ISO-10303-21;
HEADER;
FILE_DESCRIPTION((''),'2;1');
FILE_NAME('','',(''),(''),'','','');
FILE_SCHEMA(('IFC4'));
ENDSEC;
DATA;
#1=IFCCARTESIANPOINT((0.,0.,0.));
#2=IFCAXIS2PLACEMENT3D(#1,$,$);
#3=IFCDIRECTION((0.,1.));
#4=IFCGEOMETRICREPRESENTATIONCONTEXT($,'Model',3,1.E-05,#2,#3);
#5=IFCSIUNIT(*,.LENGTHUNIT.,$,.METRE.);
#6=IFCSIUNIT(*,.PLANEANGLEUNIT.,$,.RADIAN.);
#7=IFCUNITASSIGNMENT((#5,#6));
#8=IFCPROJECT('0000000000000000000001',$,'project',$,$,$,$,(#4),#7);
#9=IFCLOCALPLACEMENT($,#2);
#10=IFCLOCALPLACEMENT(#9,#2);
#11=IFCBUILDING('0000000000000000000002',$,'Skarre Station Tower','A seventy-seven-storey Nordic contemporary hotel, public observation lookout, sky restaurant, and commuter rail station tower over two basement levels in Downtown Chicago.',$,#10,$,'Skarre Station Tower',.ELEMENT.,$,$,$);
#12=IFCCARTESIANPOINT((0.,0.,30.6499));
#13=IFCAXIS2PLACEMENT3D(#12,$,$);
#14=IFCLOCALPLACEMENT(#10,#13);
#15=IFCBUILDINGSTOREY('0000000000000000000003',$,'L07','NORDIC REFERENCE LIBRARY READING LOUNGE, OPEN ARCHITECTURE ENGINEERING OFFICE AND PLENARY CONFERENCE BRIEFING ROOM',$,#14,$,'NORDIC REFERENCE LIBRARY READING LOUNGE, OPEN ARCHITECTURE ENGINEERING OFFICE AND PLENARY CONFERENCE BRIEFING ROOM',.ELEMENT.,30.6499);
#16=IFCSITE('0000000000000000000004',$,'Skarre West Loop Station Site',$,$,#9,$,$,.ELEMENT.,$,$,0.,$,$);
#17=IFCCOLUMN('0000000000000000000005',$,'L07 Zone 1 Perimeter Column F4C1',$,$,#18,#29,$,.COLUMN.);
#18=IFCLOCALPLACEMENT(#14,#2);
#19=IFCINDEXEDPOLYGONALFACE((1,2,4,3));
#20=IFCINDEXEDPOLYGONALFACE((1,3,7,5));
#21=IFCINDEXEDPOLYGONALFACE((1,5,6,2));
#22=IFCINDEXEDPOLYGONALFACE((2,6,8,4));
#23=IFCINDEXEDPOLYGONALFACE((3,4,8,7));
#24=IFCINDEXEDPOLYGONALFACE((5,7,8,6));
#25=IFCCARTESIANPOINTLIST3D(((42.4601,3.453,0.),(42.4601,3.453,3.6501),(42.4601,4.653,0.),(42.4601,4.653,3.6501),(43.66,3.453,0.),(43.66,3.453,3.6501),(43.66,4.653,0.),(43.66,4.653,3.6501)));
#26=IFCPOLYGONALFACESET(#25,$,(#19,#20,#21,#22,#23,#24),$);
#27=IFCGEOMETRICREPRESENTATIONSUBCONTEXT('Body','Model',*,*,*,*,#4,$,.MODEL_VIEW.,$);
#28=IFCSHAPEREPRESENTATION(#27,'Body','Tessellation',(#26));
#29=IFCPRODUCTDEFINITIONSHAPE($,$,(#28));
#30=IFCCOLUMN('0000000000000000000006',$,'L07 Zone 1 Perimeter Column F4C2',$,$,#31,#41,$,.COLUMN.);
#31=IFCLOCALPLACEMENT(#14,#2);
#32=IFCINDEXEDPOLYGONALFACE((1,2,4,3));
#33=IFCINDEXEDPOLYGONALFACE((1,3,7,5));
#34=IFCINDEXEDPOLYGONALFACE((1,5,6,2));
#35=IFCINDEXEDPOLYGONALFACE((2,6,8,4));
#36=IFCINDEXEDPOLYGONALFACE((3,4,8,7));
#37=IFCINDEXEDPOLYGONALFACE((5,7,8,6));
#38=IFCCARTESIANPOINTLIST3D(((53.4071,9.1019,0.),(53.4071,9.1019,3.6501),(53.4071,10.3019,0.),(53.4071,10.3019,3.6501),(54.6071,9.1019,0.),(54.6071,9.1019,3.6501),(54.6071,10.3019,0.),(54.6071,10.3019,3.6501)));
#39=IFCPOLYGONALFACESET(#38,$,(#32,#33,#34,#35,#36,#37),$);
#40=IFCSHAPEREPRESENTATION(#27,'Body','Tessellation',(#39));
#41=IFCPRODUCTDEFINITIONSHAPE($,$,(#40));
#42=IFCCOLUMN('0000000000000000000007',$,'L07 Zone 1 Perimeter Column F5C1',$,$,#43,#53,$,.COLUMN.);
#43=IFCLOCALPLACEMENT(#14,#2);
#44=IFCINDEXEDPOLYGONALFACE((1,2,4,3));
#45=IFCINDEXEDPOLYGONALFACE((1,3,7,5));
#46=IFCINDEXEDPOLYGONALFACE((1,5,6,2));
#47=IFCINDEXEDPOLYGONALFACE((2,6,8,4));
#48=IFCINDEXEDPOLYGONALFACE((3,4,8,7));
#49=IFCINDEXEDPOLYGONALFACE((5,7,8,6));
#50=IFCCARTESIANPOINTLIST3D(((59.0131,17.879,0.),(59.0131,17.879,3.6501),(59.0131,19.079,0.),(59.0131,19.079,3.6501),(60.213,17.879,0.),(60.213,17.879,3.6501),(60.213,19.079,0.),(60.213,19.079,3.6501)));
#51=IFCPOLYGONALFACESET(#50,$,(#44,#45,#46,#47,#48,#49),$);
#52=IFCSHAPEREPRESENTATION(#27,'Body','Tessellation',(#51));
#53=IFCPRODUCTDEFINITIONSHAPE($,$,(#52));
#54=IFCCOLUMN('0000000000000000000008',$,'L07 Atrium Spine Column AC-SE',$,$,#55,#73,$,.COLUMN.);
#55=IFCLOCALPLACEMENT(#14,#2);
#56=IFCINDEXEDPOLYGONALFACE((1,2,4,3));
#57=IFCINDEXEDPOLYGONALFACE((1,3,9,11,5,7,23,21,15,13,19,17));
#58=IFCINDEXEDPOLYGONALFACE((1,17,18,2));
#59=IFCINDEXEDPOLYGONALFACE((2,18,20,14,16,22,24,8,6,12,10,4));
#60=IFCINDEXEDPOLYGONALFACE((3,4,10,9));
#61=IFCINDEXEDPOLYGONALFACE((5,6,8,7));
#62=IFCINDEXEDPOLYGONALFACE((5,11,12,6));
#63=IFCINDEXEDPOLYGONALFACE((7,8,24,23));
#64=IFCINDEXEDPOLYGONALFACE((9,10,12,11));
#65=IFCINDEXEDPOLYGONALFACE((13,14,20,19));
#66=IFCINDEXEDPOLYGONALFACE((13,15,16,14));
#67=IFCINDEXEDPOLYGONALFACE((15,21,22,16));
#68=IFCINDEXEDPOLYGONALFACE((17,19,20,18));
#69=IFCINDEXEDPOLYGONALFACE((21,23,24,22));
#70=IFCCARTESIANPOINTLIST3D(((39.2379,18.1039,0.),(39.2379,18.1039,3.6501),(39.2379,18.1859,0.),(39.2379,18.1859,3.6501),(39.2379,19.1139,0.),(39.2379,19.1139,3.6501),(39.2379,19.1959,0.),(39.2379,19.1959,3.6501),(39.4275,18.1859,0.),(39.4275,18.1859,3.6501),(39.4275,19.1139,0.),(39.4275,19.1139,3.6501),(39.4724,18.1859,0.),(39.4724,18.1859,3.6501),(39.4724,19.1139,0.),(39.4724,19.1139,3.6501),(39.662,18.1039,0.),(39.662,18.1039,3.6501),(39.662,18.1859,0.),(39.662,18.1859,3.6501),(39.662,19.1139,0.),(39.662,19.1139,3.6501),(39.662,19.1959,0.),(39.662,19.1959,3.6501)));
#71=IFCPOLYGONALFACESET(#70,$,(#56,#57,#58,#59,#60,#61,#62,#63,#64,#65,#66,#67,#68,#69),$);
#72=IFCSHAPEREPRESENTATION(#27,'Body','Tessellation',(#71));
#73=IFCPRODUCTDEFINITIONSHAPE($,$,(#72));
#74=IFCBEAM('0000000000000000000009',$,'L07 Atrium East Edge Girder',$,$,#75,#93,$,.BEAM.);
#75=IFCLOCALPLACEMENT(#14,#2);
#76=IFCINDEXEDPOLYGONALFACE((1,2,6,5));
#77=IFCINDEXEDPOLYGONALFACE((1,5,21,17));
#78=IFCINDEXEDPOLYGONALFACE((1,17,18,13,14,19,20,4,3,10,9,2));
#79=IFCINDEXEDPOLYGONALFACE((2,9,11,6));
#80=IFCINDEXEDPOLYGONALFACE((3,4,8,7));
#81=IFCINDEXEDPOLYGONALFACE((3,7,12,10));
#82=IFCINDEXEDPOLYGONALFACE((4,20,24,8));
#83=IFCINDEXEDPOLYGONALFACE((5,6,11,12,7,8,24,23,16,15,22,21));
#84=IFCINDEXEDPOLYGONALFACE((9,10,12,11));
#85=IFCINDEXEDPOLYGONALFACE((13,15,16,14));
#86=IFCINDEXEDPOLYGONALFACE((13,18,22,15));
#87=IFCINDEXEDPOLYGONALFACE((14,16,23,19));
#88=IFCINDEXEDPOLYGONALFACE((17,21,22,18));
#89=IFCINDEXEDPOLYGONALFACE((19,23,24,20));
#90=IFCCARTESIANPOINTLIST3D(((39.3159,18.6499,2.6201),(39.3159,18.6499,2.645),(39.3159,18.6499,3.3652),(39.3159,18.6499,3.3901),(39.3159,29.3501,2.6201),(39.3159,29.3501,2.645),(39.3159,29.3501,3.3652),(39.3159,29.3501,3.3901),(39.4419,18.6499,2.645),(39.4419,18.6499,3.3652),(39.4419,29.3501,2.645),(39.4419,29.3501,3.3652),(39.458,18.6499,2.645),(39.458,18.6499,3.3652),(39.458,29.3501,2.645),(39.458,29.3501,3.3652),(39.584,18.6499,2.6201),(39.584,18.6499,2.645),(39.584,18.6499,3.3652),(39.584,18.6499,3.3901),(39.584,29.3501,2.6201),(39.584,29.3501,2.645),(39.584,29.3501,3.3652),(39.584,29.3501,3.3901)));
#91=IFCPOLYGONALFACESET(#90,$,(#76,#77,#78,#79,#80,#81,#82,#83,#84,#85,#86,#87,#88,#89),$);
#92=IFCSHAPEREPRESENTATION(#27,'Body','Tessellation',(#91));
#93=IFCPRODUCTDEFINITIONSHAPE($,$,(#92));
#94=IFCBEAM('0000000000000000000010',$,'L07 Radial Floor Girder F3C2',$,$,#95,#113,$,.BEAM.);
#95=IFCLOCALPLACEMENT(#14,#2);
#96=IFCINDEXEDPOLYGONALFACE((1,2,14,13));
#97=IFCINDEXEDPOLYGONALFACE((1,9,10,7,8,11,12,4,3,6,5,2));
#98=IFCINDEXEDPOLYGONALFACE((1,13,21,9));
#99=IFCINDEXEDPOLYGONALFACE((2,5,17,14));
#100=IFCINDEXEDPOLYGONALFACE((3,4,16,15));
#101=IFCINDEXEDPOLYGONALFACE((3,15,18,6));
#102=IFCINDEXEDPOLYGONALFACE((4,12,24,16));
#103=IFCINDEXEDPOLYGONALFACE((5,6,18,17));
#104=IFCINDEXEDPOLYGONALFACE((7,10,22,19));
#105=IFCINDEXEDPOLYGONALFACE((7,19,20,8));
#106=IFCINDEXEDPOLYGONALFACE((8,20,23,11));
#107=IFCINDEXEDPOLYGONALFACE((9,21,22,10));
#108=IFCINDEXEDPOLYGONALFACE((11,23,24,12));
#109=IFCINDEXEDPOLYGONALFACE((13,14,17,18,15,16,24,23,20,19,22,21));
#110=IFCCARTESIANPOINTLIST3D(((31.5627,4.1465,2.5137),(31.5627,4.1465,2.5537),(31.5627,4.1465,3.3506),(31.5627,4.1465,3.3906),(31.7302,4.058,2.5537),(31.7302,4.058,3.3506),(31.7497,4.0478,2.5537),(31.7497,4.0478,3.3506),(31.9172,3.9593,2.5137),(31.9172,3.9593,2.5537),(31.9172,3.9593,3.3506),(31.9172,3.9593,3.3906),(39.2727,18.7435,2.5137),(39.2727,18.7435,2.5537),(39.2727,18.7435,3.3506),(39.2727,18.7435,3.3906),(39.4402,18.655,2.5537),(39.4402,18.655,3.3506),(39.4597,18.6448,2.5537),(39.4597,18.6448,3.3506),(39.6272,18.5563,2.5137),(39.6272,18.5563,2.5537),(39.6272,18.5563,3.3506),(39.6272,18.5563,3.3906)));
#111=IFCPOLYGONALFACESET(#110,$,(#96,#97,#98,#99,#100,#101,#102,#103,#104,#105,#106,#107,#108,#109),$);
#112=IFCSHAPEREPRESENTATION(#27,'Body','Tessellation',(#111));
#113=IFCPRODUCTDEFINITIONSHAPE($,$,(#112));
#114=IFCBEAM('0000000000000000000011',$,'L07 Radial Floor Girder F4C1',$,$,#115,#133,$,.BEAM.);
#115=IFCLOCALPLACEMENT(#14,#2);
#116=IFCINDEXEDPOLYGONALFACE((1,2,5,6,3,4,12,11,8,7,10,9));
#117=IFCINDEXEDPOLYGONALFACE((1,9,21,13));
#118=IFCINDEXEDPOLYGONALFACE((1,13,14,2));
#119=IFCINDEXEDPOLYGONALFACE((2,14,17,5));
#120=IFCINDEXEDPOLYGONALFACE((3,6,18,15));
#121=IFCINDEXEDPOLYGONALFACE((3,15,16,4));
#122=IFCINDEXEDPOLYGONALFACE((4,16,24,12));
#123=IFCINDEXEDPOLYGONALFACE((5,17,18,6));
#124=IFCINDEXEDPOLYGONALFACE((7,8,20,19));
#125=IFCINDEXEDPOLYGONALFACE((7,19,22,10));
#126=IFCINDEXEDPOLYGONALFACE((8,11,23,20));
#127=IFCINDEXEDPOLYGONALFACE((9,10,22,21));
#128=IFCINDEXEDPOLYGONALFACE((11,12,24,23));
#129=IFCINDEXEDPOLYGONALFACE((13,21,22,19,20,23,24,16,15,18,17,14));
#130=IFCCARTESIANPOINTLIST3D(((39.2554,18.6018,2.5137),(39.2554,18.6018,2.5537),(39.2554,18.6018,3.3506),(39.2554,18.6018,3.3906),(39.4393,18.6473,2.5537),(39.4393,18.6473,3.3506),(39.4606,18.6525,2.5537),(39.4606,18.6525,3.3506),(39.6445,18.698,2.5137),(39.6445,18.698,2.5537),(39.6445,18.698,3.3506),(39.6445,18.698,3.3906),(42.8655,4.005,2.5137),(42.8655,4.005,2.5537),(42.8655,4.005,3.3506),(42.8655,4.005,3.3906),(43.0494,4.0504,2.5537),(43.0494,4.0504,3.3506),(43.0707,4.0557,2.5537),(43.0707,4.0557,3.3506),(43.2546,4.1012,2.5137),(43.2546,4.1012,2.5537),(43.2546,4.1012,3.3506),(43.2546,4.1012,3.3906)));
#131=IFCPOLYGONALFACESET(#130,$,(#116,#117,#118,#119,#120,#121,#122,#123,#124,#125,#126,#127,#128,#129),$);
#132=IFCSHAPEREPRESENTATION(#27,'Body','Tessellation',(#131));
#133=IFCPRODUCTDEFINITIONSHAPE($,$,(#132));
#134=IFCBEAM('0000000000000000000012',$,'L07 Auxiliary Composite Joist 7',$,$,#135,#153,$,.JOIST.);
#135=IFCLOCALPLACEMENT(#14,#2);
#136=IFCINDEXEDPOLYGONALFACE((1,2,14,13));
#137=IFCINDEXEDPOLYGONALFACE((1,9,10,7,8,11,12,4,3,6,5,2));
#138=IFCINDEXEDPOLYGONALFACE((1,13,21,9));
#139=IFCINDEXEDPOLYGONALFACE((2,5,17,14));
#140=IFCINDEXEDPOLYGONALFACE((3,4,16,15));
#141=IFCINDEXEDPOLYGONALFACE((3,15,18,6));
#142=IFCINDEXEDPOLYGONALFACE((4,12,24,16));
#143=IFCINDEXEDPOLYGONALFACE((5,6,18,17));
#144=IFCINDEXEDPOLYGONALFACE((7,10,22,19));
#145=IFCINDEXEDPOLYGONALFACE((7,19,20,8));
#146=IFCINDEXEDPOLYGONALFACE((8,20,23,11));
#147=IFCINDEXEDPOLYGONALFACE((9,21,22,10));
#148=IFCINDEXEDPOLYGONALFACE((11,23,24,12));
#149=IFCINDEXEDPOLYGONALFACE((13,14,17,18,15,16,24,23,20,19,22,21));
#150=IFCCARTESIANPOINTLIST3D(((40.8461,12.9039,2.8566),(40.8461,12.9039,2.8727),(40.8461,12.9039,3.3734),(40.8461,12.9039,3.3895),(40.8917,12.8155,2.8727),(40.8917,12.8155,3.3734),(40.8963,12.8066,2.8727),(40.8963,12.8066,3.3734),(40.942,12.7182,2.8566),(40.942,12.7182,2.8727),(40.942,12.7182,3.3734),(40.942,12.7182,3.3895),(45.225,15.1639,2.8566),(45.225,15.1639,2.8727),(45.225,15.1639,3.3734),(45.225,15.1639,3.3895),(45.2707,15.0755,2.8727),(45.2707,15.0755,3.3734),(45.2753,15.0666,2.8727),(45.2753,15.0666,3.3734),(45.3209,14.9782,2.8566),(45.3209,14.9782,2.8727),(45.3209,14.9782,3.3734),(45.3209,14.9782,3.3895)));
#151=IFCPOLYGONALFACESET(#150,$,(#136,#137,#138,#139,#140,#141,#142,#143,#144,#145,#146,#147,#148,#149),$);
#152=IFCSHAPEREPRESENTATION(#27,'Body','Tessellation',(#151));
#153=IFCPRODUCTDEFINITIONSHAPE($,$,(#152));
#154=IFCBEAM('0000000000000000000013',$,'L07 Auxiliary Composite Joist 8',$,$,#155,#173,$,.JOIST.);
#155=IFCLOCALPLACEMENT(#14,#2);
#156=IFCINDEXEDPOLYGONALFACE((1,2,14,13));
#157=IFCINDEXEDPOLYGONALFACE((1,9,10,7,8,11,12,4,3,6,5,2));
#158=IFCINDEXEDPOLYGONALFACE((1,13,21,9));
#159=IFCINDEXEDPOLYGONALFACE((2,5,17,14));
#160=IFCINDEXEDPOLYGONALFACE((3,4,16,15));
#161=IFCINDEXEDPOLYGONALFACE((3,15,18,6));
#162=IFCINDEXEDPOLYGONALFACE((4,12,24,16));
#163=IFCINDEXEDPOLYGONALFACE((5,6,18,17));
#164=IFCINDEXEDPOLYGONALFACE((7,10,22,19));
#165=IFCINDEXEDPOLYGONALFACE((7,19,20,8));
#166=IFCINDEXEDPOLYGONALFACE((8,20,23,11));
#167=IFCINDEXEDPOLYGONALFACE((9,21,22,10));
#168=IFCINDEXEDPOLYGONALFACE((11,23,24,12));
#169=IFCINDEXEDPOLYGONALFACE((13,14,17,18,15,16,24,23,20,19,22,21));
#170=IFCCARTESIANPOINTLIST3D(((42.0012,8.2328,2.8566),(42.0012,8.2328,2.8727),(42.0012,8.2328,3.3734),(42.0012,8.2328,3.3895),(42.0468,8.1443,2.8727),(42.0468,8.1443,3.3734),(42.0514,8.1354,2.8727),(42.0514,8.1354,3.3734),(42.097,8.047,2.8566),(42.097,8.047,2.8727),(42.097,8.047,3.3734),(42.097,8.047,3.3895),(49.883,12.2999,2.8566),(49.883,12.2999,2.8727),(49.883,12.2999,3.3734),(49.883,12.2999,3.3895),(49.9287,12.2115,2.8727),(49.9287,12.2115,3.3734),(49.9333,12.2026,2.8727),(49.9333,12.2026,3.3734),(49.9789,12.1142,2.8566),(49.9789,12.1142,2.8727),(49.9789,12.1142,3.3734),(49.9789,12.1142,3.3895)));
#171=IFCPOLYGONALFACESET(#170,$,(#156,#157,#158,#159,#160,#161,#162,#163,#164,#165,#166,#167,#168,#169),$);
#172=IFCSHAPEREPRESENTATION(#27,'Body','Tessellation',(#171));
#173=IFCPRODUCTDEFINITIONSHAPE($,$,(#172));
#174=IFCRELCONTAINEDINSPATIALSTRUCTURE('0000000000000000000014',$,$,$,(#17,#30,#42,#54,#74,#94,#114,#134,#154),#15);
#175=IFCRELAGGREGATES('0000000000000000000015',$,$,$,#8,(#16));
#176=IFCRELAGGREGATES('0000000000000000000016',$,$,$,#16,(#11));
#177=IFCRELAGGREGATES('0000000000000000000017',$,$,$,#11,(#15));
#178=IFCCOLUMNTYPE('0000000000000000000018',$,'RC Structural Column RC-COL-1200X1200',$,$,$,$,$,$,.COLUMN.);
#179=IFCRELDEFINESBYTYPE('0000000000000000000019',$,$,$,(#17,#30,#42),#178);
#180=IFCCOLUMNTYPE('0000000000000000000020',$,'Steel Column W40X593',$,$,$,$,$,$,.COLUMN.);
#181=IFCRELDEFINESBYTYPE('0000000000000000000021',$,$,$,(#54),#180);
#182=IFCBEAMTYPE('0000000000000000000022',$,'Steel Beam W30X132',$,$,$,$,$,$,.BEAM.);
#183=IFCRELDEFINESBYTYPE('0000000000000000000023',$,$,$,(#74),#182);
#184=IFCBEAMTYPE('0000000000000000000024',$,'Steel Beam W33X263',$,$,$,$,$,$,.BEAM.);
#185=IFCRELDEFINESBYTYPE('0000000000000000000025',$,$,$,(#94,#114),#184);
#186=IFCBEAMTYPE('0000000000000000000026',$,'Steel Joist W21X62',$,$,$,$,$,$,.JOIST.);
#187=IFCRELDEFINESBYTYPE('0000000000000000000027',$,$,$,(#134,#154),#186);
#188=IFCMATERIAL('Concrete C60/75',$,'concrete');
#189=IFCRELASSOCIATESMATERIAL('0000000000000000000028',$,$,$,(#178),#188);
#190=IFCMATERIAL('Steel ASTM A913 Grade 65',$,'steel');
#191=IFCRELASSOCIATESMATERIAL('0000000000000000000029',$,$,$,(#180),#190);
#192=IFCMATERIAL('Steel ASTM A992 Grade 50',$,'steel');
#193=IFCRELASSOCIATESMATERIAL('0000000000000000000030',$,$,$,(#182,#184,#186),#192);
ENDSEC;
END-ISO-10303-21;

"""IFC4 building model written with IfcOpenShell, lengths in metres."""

from ifc_helpers import new_model, si_unit, direction, frame, origin, origin_2d, place, context, subcontext, project, spatial, rectangle, i_section, extrude, material, material_profile, profile_set, type_object, element, save


model = new_model("IFC4")

# Units and contexts
model_context = context("Model", 3, precision=1e-05, world=origin(), true_north=direction((0.0, 1.0)))
body_context = subcontext(model_context, "Body", "Model", "MODEL_VIEW")
ifc_project = project(units=[si_unit("LENGTHUNIT", "METRE"), si_unit("PLANEANGLEUNIT", "RADIAN")], contexts=[model_context])

# Site, building, storey
site_placement = place(None, origin())
site = spatial("IfcSite", under=ifc_project, at=site_placement, Name="Skarre West Loop Station Site", CompositionType="ELEMENT", RefElevation=0.0)
building_placement = place(site_placement, origin())
building = spatial("IfcBuilding", under=site, at=building_placement, Name="Skarre Station Tower", Description="A seventy-seven-storey Nordic contemporary hotel, public observation lookout, sky restaurant, and commuter rail station tower over two basement levels in Downtown Chicago.", LongName="Skarre Station Tower", CompositionType="ELEMENT")
storey_placement = place(building_placement, frame((0.0, 0.0, 30.6499)))
storey = spatial("IfcBuildingStorey", under=building, at=storey_placement, Name="L07", Description="NORDIC REFERENCE LIBRARY READING LOUNGE, OPEN ARCHITECTURE ENGINEERING OFFICE AND PLENARY CONFERENCE BRIEFING ROOM", LongName="NORDIC REFERENCE LIBRARY READING LOUNGE, OPEN ARCHITECTURE ENGINEERING OFFICE AND PLENARY CONFERENCE BRIEFING ROOM", CompositionType="ELEMENT", Elevation=30.6499)

# Columns
ifc_material_1 = material(Name="Concrete C60/75", Category="concrete")
ifc_material_profile_1 = material_profile(ifc_material_1, rectangle(XDim=1.2, YDim=1.2, at=origin_2d()), Name="Concrete C60/75")
ifc_profile_set_1 = profile_set([ifc_material_profile_1], Name="Concrete C60/75")
column_type_1 = type_object("IfcColumnType", Name="RC Structural Column RC-COL-1200X1200", PredefinedType="COLUMN", material=ifc_profile_set_1)
for number, where, z_axis, x_axis, name in (
    (1, (43.0601, 4.053, 0.0), (0.0, 0.0, 1.0), (1.0, 0.0, 0.0), "L07 Zone 1 Perimeter Column F4C1"),
    (2, (54.0071, 9.7019, 0.0), (0.0, 0.0, 1.0), (1.0, 0.0, 0.0), "L07 Zone 1 Perimeter Column F4C2"),
    (3, (59.613, 18.479, 0.0), (0.0, 0.0, 1.0), (1.0, 0.0, 0.0), "L07 Zone 1 Perimeter Column F5C1"),
):
    element("IfcColumn", number, at=place(storey_placement, frame(where, z_axis=z_axis, x_axis=x_axis)), inside=storey, type_object=column_type_1, Name=name, PredefinedType="COLUMN", context=body_context, shape_type="SweptSolid", body=[
        extrude(rectangle(XDim=1.2, YDim=1.2, at=origin_2d()), origin(), (0.0, 0.0, 1.0), 3.6501),
    ])
ifc_material_2 = material(Name="Steel ASTM A913 Grade 65", Category="steel")
ifc_material_profile_2 = material_profile(ifc_material_2, i_section(OverallWidth=0.4241, OverallDepth=1.092, WebThickness=0.0449, FlangeThickness=0.082, at=origin_2d()), Name="Steel ASTM A913 Grade 65")
ifc_profile_set_2 = profile_set([ifc_material_profile_2], Name="Steel ASTM A913 Grade 65")
column_type_2 = type_object("IfcColumnType", Name="Steel Column W40X593", PredefinedType="COLUMN", material=ifc_profile_set_2)
column_placement = place(storey_placement, frame((39.45, 18.6499, 0.0), z_axis=(0.0, 0.0, 1.0), x_axis=(1.0, 0.0, 0.0)))
element("IfcColumn", 4, at=column_placement, inside=storey, type_object=column_type_2, Name="L07 Atrium Spine Column AC-SE", PredefinedType="COLUMN", context=body_context, shape_type="SweptSolid", body=[
    extrude(i_section(OverallWidth=0.4241, OverallDepth=1.092, WebThickness=0.0449, FlangeThickness=0.082, at=origin_2d()), origin(), (0.0, 0.0, 1.0), 3.6501),
])

# Beams
ifc_material_3 = material(Name="Steel ASTM A992 Grade 50", Category="steel")
ifc_material_profile_3 = material_profile(ifc_material_3, i_section(OverallWidth=0.2681, OverallDepth=0.77, WebThickness=0.0161, FlangeThickness=0.0249, at=origin_2d()), Name="Steel ASTM A992 Grade 50")
ifc_profile_set_3 = profile_set([ifc_material_profile_3], Name="Steel ASTM A992 Grade 50")
beam_type_1 = type_object("IfcBeamType", Name="Steel Beam W30X132", PredefinedType="BEAM", material=ifc_profile_set_3)
beam_1_placement = place(storey_placement, frame((39.45, 18.6499, 3.0051), z_axis=(0.0, 1.0, 0.0), x_axis=(-1.0, 0.0, 0.0)))
element("IfcBeam", 5, at=beam_1_placement, inside=storey, type_object=beam_type_1, Name="L07 Atrium East Edge Girder", PredefinedType="BEAM", context=body_context, shape_type="SweptSolid", body=[
    extrude(i_section(OverallWidth=0.2681, OverallDepth=0.77, WebThickness=0.0161, FlangeThickness=0.0249, at=origin_2d()), origin(), (0.0, 0.0, 1.0), 10.7002),
])
ifc_material_profile_4 = material_profile(ifc_material_3, i_section(OverallWidth=0.4009, OverallDepth=0.877, WebThickness=0.022, FlangeThickness=0.04, at=origin_2d()), Name="Steel ASTM A992 Grade 50")
ifc_profile_set_4 = profile_set([ifc_material_profile_4], Name="Steel ASTM A992 Grade 50")
beam_type_2 = type_object("IfcBeamType", Name="Steel Beam W33X263", PredefinedType="BEAM", material=ifc_profile_set_4)
beam_2_placement = place(storey_placement, frame((39.45, 18.6499, 2.9521), z_axis=(-0.467044, -0.884234, 0.0), x_axis=(0.884234, -0.467044, 0.0)))
element("IfcBeam", 6, at=beam_2_placement, inside=storey, type_object=beam_type_2, Name="L07 Radial Floor Girder F3C2", PredefinedType="BEAM", context=body_context, shape_type="SweptSolid", body=[
    extrude(i_section(OverallWidth=0.4009, OverallDepth=0.877, WebThickness=0.022, FlangeThickness=0.04, at=origin_2d()), origin(), (0.0, 0.0, 1.0), 16.5081),
])
beam_3_placement = place(storey_placement, frame((39.45, 18.6499, 2.9521), z_axis=(0.240086, -0.970752, 0.0), x_axis=(0.970752, 0.240086, 0.0)))
element("IfcBeam", 7, at=beam_3_placement, inside=storey, type_object=beam_type_2, Name="L07 Radial Floor Girder F4C1", PredefinedType="BEAM", context=body_context, shape_type="SweptSolid", body=[
    extrude(i_section(OverallWidth=0.4009, OverallDepth=0.877, WebThickness=0.022, FlangeThickness=0.04, at=origin_2d()), origin(), (0.0, 0.0, 1.0), 15.0366),
])
ifc_material_profile_5 = material_profile(ifc_material_3, i_section(OverallWidth=0.209, OverallDepth=0.533, WebThickness=0.01, FlangeThickness=0.0161, at=origin_2d()), Name="Steel ASTM A992 Grade 50")
ifc_profile_set_5 = profile_set([ifc_material_profile_5], Name="Steel ASTM A992 Grade 50")
beam_type_3 = type_object("IfcBeamType", Name="Steel Joist W21X62", PredefinedType="JOIST", material=ifc_profile_set_5)
beam_4_placement = place(storey_placement, frame((40.894, 12.811, 3.123), z_axis=(0.888627, 0.458632, 0.0), x_axis=(-0.458632, 0.888627, 0.0)))
element("IfcBeam", 8, at=beam_4_placement, inside=storey, type_object=beam_type_3, Name="L07 Auxiliary Composite Joist 7", PredefinedType="JOIST", context=body_context, shape_type="SweptSolid", body=[
    extrude(i_section(OverallWidth=0.209, OverallDepth=0.533, WebThickness=0.01, FlangeThickness=0.0161, at=origin_2d()), origin(), (0.0, 0.0, 1.0), 4.9277),
])
beam_5_placement = place(storey_placement, frame((42.0491, 8.1399, 3.123), z_axis=(0.888662, 0.458562, 0.0), x_axis=(-0.458562, 0.888662, 0.0)))
element("IfcBeam", 9, at=beam_5_placement, inside=storey, type_object=beam_type_3, Name="L07 Auxiliary Composite Joist 8", PredefinedType="JOIST", context=body_context, shape_type="SweptSolid", body=[
    extrude(i_section(OverallWidth=0.209, OverallDepth=0.533, WebThickness=0.01, FlangeThickness=0.0161, at=origin_2d()), origin(), (0.0, 0.0, 1.0), 8.8694),
])

save(model, "model.ifc")
